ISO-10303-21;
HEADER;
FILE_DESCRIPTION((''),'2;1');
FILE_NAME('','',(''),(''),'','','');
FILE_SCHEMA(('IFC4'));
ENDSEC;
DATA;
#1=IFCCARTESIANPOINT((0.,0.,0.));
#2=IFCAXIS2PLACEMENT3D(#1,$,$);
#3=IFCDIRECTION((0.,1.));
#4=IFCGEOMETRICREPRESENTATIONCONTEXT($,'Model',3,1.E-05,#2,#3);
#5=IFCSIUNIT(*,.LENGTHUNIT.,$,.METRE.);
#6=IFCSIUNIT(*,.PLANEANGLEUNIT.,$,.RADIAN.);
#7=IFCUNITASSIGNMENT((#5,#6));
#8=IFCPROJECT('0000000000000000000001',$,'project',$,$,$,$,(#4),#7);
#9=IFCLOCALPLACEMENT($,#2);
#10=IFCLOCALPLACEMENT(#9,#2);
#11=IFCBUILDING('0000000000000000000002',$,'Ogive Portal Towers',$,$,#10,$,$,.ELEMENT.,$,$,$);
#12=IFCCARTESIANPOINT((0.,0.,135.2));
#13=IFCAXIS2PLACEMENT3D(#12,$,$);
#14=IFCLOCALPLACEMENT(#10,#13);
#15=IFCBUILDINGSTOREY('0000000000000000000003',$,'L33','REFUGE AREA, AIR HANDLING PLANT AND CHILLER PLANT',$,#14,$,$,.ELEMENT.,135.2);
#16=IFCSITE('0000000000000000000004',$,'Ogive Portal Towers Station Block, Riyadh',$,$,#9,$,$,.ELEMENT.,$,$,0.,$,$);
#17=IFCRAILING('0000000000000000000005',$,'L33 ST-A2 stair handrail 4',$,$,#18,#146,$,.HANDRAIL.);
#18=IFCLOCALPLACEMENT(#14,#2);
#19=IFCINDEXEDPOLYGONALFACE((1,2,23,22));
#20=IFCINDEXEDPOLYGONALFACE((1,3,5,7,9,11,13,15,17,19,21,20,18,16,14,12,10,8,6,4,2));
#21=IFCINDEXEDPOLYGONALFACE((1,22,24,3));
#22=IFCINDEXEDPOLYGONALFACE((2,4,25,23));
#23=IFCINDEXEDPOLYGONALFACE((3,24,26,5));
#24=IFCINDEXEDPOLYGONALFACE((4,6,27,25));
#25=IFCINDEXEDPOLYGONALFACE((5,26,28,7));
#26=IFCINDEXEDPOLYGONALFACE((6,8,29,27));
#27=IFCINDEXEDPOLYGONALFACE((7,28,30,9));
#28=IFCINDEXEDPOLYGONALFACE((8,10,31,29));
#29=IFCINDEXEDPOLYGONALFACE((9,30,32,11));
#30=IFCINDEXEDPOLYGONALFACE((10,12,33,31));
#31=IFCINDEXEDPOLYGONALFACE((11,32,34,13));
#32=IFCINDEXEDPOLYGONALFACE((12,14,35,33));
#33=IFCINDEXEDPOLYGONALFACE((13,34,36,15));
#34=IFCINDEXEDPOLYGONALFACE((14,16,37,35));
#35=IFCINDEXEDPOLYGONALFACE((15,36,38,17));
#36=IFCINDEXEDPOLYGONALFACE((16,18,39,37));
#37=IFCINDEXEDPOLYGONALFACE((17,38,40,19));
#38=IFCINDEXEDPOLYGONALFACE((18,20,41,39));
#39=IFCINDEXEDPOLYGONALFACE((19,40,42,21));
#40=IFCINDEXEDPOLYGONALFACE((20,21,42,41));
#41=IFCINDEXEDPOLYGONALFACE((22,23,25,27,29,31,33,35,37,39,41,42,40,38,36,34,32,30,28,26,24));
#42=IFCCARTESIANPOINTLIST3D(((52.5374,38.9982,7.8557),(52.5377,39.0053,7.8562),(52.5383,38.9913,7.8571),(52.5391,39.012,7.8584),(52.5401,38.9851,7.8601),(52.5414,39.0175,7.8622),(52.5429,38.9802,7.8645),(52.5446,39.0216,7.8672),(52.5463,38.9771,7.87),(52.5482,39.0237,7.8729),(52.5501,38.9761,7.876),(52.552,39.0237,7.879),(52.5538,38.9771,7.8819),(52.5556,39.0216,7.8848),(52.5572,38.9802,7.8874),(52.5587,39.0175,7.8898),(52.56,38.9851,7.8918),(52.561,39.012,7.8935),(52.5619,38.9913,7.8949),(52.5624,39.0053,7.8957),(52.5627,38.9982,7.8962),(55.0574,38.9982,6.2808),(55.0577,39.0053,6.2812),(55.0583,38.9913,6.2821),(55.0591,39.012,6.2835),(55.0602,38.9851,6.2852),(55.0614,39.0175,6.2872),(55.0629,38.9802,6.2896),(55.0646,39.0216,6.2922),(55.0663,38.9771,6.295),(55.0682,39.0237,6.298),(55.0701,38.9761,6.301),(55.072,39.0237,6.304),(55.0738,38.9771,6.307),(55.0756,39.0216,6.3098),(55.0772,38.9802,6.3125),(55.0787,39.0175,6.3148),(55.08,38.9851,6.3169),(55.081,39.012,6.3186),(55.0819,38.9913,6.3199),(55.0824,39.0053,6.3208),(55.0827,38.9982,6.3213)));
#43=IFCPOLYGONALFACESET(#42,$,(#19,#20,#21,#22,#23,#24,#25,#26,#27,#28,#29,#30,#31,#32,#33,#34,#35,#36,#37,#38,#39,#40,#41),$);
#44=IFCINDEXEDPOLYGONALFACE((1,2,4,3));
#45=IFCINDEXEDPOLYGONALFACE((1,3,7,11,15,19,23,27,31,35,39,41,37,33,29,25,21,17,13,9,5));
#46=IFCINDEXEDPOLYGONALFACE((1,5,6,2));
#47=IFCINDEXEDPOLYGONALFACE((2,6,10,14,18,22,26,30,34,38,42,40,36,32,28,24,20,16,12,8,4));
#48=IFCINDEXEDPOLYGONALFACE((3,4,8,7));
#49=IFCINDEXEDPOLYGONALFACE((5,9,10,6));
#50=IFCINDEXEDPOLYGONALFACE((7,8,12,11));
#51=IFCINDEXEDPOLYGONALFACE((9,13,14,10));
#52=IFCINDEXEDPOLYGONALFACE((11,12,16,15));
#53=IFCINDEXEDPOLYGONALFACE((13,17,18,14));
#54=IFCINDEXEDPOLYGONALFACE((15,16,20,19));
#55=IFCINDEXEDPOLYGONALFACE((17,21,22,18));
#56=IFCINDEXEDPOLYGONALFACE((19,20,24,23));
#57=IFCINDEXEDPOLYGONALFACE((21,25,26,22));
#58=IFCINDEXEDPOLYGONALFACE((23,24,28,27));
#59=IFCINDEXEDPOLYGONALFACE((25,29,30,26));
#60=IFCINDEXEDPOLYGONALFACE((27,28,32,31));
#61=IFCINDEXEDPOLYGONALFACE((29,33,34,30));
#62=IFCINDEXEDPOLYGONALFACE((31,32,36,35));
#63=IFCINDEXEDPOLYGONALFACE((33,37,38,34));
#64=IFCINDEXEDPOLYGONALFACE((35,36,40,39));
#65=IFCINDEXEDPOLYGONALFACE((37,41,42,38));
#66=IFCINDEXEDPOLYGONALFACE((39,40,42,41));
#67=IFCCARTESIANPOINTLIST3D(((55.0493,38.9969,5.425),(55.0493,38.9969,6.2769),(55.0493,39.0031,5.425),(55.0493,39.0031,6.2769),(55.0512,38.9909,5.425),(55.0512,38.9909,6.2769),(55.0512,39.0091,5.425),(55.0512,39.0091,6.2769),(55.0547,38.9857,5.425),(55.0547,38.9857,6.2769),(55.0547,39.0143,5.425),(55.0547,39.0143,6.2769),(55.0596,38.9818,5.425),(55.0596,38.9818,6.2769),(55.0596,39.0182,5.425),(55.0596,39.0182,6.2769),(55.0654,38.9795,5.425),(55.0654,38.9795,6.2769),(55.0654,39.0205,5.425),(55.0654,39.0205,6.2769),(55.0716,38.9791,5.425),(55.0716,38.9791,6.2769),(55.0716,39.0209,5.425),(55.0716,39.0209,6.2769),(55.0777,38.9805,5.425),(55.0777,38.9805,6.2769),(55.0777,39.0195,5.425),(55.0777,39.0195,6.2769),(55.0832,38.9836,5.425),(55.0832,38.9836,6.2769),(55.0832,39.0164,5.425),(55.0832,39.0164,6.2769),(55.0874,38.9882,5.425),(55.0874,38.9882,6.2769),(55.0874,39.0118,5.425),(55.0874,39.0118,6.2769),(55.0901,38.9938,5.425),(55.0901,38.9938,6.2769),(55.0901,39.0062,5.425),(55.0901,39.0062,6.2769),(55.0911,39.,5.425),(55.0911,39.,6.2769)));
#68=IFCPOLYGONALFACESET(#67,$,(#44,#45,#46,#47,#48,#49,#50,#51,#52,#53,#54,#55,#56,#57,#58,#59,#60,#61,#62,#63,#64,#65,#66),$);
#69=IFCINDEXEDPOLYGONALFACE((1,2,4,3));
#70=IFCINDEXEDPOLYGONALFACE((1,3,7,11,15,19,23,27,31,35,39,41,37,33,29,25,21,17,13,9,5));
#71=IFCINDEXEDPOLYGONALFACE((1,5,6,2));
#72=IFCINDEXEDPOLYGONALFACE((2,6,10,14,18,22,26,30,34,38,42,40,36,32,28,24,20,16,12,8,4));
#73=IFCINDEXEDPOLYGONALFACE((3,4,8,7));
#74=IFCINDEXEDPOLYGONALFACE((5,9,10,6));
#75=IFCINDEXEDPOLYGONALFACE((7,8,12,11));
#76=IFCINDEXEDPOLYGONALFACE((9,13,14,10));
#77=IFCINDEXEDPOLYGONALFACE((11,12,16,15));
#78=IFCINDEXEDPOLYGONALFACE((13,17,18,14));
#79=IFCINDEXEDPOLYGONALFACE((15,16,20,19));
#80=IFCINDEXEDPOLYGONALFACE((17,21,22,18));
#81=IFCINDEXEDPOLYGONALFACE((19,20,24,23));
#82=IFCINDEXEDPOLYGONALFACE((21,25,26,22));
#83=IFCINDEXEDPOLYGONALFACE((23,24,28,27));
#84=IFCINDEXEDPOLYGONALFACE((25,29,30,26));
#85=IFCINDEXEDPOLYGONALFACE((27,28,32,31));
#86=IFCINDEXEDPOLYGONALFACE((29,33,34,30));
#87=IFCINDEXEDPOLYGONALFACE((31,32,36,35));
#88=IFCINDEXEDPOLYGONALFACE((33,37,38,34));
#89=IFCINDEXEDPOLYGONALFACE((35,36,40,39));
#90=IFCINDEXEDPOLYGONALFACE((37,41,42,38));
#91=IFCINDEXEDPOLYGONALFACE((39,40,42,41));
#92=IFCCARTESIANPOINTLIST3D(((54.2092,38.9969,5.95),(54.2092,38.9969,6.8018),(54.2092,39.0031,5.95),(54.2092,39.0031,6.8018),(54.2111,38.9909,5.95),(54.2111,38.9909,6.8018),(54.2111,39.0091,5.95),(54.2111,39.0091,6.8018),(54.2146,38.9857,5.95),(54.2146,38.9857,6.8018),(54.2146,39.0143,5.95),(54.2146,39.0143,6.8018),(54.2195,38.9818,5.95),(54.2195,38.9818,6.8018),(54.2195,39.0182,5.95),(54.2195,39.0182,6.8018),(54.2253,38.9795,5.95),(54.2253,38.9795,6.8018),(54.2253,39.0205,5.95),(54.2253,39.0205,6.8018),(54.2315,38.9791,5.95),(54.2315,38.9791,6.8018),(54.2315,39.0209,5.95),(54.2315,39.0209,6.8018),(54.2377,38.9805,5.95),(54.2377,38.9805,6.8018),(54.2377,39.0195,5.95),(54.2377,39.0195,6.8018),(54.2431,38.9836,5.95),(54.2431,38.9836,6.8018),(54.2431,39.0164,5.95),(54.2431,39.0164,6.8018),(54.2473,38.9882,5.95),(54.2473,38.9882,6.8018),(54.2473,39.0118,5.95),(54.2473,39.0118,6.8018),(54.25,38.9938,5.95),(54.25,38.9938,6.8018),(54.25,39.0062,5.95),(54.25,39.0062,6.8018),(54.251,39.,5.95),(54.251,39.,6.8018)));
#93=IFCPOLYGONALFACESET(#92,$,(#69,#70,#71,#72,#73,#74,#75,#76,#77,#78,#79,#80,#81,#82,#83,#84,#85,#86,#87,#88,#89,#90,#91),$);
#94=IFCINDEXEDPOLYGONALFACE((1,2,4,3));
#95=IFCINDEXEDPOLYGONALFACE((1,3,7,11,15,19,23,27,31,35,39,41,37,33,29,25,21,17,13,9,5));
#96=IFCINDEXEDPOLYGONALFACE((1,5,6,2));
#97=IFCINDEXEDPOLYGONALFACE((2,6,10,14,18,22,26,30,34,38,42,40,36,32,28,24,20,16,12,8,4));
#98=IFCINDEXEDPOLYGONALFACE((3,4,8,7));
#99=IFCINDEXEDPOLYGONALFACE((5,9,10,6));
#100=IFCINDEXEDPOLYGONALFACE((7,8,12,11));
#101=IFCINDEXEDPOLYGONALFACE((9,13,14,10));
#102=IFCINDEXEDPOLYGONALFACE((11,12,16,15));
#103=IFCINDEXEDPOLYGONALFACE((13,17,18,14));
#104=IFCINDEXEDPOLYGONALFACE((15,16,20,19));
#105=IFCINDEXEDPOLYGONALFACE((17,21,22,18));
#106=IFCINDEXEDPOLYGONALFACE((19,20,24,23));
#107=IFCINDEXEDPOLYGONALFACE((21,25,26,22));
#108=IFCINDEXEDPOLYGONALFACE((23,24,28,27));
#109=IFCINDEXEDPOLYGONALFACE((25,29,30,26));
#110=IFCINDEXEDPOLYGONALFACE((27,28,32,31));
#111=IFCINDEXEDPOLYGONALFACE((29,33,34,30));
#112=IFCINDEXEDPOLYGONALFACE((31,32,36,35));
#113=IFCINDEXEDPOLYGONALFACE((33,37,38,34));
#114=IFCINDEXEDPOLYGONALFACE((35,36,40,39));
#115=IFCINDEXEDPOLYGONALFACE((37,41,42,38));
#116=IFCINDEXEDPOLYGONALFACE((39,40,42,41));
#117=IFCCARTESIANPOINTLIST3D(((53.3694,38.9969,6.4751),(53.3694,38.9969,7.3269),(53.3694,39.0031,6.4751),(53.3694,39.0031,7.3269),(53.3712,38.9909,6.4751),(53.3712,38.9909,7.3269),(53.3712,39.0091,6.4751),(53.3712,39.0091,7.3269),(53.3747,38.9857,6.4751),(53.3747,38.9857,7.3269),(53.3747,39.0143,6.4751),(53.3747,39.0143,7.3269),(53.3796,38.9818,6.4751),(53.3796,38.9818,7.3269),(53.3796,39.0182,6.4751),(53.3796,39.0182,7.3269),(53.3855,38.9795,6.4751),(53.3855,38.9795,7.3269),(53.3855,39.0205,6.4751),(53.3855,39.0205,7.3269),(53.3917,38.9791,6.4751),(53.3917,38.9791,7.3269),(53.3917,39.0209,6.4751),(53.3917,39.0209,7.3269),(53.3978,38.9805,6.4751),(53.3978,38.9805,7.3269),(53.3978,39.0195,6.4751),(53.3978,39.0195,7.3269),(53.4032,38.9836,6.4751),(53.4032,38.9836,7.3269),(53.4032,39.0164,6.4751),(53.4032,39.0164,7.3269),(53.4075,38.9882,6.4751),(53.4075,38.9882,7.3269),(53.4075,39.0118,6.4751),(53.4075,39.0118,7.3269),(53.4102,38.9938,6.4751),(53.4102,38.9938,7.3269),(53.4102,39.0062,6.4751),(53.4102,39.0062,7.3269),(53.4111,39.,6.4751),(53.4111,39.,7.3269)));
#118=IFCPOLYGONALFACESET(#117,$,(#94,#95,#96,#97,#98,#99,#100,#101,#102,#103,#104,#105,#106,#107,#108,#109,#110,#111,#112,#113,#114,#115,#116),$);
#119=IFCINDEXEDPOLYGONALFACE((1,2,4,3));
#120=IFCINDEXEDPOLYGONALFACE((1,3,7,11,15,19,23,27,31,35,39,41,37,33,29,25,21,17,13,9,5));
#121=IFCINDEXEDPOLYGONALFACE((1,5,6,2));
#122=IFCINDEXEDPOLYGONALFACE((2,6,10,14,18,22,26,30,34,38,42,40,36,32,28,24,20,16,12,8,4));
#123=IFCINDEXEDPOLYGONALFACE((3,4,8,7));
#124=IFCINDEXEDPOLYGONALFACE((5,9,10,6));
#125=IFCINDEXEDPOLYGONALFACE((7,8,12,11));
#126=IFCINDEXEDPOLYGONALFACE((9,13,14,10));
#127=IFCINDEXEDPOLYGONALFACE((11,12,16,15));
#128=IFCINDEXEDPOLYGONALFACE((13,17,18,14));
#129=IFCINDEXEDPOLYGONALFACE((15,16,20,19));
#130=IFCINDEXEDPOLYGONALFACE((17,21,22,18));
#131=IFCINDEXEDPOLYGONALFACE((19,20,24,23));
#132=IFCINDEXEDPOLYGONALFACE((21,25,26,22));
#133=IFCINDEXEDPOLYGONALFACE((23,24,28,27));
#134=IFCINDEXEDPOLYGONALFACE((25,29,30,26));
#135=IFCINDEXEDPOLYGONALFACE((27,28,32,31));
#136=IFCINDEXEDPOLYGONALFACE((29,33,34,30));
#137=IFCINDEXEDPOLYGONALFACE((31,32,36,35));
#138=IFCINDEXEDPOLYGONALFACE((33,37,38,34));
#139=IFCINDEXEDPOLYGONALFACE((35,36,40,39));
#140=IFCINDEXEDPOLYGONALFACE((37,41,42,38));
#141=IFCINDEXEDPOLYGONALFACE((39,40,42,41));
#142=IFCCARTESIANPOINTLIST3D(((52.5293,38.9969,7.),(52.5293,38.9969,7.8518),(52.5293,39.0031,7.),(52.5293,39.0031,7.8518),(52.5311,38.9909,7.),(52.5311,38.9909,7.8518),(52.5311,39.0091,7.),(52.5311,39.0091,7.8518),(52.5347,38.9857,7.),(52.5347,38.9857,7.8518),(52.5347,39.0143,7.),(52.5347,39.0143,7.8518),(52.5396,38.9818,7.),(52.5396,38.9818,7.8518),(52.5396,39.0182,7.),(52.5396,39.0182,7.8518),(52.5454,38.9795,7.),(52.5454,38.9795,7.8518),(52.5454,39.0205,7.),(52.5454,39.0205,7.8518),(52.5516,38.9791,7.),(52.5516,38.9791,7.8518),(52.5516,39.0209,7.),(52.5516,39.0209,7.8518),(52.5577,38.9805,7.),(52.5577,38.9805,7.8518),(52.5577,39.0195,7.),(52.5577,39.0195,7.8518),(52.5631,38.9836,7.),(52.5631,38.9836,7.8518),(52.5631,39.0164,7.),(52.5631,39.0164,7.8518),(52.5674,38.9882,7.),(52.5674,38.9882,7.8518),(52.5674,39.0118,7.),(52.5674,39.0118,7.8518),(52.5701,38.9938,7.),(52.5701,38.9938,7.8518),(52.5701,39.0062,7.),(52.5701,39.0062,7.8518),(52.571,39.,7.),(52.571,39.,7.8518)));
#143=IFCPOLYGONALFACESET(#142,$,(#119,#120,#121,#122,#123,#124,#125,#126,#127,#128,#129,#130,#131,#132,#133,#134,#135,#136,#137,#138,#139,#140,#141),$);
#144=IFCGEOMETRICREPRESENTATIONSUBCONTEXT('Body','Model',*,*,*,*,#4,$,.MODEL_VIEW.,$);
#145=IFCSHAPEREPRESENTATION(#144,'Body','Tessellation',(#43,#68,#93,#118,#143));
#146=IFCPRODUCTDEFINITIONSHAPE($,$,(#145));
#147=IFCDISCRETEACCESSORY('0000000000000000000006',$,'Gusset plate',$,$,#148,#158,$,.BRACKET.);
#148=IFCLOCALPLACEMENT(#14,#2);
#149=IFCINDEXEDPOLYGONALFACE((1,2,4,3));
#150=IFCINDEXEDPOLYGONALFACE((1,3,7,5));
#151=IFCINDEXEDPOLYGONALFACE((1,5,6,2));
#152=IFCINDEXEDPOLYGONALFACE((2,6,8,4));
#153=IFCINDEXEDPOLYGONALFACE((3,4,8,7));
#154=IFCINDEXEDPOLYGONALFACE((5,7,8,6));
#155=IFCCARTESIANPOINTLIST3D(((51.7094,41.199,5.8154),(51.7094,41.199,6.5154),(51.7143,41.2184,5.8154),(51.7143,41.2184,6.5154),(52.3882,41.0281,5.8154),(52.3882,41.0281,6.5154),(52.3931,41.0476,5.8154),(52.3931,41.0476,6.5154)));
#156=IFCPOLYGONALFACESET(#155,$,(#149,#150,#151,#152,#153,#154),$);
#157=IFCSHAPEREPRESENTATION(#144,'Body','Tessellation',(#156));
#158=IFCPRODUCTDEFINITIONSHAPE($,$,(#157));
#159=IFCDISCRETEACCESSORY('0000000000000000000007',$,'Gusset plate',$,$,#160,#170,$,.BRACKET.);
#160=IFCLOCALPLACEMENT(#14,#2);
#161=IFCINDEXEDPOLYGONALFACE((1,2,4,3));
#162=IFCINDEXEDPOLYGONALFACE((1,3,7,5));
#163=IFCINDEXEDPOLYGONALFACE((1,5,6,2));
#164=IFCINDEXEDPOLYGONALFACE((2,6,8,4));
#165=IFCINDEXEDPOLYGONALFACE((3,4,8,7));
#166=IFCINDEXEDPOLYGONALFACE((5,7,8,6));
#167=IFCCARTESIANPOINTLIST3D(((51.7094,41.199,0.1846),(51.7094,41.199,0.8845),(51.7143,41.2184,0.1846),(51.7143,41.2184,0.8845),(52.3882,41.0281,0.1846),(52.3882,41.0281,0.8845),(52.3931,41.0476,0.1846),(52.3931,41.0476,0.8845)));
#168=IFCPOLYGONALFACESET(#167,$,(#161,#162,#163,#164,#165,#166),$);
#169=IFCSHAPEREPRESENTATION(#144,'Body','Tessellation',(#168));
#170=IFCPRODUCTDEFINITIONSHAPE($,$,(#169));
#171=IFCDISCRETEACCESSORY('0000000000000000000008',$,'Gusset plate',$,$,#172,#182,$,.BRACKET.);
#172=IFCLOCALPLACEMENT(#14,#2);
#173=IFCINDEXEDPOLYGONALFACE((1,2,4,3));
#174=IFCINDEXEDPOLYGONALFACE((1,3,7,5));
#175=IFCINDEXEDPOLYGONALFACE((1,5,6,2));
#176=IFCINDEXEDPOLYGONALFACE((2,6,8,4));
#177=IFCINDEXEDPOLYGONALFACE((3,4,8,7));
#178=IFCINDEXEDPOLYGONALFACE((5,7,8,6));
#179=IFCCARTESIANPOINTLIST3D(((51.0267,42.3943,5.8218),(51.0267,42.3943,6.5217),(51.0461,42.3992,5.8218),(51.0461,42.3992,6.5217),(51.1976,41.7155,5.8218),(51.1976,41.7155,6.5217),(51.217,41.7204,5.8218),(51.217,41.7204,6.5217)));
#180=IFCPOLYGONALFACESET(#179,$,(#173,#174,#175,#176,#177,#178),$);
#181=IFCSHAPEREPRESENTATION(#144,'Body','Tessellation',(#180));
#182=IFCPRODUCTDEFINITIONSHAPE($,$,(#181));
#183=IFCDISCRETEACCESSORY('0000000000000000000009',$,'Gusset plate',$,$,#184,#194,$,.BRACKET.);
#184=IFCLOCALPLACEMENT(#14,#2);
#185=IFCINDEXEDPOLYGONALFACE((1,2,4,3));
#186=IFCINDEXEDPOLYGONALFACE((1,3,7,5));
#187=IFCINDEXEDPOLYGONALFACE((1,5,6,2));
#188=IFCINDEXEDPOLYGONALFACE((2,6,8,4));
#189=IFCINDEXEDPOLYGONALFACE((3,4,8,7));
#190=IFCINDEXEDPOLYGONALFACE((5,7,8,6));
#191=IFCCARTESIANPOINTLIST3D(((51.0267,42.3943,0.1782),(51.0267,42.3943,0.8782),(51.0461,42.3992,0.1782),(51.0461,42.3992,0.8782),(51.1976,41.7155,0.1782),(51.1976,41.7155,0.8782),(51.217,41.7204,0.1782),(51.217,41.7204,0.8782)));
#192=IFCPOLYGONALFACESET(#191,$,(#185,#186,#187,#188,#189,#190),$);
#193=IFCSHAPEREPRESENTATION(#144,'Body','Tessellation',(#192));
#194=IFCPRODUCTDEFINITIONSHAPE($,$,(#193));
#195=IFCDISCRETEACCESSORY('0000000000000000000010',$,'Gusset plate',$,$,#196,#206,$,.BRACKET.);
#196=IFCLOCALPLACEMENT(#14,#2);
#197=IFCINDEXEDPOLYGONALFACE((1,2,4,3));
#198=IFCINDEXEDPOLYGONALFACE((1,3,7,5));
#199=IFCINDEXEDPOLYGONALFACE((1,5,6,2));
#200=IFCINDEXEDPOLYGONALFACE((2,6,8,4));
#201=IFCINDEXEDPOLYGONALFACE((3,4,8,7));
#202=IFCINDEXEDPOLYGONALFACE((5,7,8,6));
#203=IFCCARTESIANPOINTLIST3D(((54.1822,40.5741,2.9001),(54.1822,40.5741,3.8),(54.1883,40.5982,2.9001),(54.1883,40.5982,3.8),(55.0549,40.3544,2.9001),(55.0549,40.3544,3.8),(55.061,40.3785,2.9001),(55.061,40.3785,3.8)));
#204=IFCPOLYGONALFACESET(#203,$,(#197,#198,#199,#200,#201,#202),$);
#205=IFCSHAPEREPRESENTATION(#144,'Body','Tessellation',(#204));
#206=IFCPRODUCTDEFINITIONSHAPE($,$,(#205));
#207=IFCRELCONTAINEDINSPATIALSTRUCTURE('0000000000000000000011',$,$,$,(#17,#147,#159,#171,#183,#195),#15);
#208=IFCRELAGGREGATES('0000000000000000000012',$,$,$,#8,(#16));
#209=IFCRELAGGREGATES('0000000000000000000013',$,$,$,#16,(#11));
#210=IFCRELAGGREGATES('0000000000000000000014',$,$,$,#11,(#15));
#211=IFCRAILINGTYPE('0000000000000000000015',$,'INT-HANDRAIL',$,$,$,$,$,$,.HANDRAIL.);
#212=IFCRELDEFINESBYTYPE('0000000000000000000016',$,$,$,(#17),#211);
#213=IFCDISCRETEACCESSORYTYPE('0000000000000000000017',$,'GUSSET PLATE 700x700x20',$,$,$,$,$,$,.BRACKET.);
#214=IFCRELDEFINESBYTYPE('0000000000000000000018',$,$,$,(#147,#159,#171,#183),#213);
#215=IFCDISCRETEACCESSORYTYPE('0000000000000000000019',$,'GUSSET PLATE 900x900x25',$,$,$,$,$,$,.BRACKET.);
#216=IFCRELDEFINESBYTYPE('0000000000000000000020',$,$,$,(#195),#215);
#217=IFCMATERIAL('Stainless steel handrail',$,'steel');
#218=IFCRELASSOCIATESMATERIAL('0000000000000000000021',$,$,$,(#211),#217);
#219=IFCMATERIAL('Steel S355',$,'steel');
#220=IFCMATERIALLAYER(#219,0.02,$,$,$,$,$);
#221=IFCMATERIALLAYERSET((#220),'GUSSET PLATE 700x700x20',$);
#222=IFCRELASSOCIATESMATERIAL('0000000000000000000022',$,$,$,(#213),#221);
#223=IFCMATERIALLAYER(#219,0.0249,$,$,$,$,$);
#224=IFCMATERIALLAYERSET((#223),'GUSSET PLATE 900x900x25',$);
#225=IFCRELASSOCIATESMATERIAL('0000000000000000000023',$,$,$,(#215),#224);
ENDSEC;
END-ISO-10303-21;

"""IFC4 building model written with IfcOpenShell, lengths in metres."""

from ifc_helpers import new_model, si_unit, direction, frame, origin, origin_2d, place, context, subcontext, project, spatial, rectangle, circle, extrude, material, layer, layer_set, type_object, element, save


model = new_model("IFC4")

# Units and contexts
model_context = context("Model", 3, precision=1e-05, world=origin(), true_north=direction((0.0, 1.0)))
body_context = subcontext(model_context, "Body", "Model", "MODEL_VIEW")
ifc_project = project(units=[si_unit("LENGTHUNIT", "METRE"), si_unit("PLANEANGLEUNIT", "RADIAN")], contexts=[model_context])

# Site, building, storey
site_placement = place(None, origin())
site = spatial("IfcSite", under=ifc_project, at=site_placement, Name="Ogive Portal Towers Station Block, Riyadh", CompositionType="ELEMENT", RefElevation=0.0)
building_placement = place(site_placement, origin())
building = spatial("IfcBuilding", under=site, at=building_placement, Name="Ogive Portal Towers", CompositionType="ELEMENT")
storey_placement = place(building_placement, frame((0.0, 0.0, 135.2)))
storey = spatial("IfcBuildingStorey", under=building, at=storey_placement, Name="L33", Description="REFUGE AREA, AIR HANDLING PLANT AND CHILLER PLANT", CompositionType="ELEMENT", Elevation=135.2)

# Shared definitions
ifc_material_1 = material(Name="Steel S355", Category="steel")

# Railing
ifc_material_2 = material(Name="Stainless steel handrail", Category="steel")
railing_type_1 = type_object("IfcRailingType", Name="INT-HANDRAIL", PredefinedType="HANDRAIL", material=ifc_material_2)
for number, where, name in (
    (1, (55.0701, 39.0, 5.425), "L33 ST-A2 stair handrail 4"),
):
    element("IfcRailing", number, at=place(storey_placement, frame(where)), inside=storey, type_object=railing_type_1, Name=name, PredefinedType="HANDRAIL", context=body_context, shape_type="SweptSolid", body=[
        extrude(circle(Radius=0.0239, at=origin_2d()), frame((0.0, 0.0, 0.876), z_axis=(-0.848008, 0.0, 0.529984), x_axis=(0.0, -1.0, 0.0)), (0.0, 0.0, 1.0), 2.9717),
        extrude(circle(Radius=0.021, at=origin_2d()), origin(), (0.0, 0.0, 1.0), 0.8518),
        extrude(circle(Radius=0.021, at=origin_2d()), frame((-0.8401, 0.0, 0.5249)), (0.0, 0.0, 1.0), 0.8518),
        extrude(circle(Radius=0.021, at=origin_2d()), frame((-1.6799, 0.0, 1.05)), (0.0, 0.0, 1.0), 0.8518),
        extrude(circle(Radius=0.021, at=origin_2d()), frame((-2.52, 0.0, 1.575)), (0.0, 0.0, 1.0), 0.8518),
    ])

# Discrete accessories
ifc_layer_1 = layer(ifc_material_1, 0.02)
ifc_layer_set_1 = layer_set([ifc_layer_1], Name="GUSSET PLATE 700x700x20")
discrete_accessory_type_1 = type_object("IfcDiscreteAccessoryType", Name="GUSSET PLATE 700x700x20", PredefinedType="BRACKET", material=ifc_layer_set_1)
for number, where, z_axis, x_axis, name in (
    (2, (52.0513, 41.1233, 5.8154), (0.0, 0.0, 1.0), (-0.969744, 0.244123, 0.0), "Gusset plate"),
    (3, (52.0513, 41.1233, 0.1846), (0.0, 0.0, 1.0), (-0.96974, 0.24414, 0.0), "Gusset plate"),
    (4, (51.1218, 42.0574, 5.8218), (0.0, 0.0, 1.0), (-0.24414, 0.96974, 0.0), "Gusset plate"),
    (5, (51.1218, 42.0574, 0.1782), (0.0, 0.0, 1.0), (-0.24414, 0.96974, 0.0), "Gusset plate"),
):
    element("IfcDiscreteAccessory", number, at=place(storey_placement, frame(where, z_axis=z_axis, x_axis=x_axis)), inside=storey, type_object=discrete_accessory_type_1, Name=name, PredefinedType="BRACKET", context=body_context, shape_type="SweptSolid", body=[
        extrude(rectangle(XDim=0.7, YDim=0.02, at=origin_2d()), origin(), (0.0, 0.0, 1.0), 0.7),
    ])
ifc_layer_2 = layer(ifc_material_1, 0.0249)
ifc_layer_set_2 = layer_set([ifc_layer_2], Name="GUSSET PLATE 900x900x25")
discrete_accessory_type_2 = type_object("IfcDiscreteAccessoryType", Name="GUSSET PLATE 900x900x25", PredefinedType="BRACKET", material=ifc_layer_set_2)
discrete_accessory_placement = place(storey_placement, frame((54.6216, 40.4763, 2.9001), z_axis=(0.0, 0.0, 1.0), x_axis=(-0.969744, 0.244123, 0.0)))
element("IfcDiscreteAccessory", 6, at=discrete_accessory_placement, inside=storey, type_object=discrete_accessory_type_2, Name="Gusset plate", PredefinedType="BRACKET", context=body_context, shape_type="SweptSolid", body=[
    extrude(rectangle(XDim=0.8999, YDim=0.0249, at=origin_2d()), origin(), (0.0, 0.0, 1.0), 0.8999),
])

save(model, "model.ifc")
